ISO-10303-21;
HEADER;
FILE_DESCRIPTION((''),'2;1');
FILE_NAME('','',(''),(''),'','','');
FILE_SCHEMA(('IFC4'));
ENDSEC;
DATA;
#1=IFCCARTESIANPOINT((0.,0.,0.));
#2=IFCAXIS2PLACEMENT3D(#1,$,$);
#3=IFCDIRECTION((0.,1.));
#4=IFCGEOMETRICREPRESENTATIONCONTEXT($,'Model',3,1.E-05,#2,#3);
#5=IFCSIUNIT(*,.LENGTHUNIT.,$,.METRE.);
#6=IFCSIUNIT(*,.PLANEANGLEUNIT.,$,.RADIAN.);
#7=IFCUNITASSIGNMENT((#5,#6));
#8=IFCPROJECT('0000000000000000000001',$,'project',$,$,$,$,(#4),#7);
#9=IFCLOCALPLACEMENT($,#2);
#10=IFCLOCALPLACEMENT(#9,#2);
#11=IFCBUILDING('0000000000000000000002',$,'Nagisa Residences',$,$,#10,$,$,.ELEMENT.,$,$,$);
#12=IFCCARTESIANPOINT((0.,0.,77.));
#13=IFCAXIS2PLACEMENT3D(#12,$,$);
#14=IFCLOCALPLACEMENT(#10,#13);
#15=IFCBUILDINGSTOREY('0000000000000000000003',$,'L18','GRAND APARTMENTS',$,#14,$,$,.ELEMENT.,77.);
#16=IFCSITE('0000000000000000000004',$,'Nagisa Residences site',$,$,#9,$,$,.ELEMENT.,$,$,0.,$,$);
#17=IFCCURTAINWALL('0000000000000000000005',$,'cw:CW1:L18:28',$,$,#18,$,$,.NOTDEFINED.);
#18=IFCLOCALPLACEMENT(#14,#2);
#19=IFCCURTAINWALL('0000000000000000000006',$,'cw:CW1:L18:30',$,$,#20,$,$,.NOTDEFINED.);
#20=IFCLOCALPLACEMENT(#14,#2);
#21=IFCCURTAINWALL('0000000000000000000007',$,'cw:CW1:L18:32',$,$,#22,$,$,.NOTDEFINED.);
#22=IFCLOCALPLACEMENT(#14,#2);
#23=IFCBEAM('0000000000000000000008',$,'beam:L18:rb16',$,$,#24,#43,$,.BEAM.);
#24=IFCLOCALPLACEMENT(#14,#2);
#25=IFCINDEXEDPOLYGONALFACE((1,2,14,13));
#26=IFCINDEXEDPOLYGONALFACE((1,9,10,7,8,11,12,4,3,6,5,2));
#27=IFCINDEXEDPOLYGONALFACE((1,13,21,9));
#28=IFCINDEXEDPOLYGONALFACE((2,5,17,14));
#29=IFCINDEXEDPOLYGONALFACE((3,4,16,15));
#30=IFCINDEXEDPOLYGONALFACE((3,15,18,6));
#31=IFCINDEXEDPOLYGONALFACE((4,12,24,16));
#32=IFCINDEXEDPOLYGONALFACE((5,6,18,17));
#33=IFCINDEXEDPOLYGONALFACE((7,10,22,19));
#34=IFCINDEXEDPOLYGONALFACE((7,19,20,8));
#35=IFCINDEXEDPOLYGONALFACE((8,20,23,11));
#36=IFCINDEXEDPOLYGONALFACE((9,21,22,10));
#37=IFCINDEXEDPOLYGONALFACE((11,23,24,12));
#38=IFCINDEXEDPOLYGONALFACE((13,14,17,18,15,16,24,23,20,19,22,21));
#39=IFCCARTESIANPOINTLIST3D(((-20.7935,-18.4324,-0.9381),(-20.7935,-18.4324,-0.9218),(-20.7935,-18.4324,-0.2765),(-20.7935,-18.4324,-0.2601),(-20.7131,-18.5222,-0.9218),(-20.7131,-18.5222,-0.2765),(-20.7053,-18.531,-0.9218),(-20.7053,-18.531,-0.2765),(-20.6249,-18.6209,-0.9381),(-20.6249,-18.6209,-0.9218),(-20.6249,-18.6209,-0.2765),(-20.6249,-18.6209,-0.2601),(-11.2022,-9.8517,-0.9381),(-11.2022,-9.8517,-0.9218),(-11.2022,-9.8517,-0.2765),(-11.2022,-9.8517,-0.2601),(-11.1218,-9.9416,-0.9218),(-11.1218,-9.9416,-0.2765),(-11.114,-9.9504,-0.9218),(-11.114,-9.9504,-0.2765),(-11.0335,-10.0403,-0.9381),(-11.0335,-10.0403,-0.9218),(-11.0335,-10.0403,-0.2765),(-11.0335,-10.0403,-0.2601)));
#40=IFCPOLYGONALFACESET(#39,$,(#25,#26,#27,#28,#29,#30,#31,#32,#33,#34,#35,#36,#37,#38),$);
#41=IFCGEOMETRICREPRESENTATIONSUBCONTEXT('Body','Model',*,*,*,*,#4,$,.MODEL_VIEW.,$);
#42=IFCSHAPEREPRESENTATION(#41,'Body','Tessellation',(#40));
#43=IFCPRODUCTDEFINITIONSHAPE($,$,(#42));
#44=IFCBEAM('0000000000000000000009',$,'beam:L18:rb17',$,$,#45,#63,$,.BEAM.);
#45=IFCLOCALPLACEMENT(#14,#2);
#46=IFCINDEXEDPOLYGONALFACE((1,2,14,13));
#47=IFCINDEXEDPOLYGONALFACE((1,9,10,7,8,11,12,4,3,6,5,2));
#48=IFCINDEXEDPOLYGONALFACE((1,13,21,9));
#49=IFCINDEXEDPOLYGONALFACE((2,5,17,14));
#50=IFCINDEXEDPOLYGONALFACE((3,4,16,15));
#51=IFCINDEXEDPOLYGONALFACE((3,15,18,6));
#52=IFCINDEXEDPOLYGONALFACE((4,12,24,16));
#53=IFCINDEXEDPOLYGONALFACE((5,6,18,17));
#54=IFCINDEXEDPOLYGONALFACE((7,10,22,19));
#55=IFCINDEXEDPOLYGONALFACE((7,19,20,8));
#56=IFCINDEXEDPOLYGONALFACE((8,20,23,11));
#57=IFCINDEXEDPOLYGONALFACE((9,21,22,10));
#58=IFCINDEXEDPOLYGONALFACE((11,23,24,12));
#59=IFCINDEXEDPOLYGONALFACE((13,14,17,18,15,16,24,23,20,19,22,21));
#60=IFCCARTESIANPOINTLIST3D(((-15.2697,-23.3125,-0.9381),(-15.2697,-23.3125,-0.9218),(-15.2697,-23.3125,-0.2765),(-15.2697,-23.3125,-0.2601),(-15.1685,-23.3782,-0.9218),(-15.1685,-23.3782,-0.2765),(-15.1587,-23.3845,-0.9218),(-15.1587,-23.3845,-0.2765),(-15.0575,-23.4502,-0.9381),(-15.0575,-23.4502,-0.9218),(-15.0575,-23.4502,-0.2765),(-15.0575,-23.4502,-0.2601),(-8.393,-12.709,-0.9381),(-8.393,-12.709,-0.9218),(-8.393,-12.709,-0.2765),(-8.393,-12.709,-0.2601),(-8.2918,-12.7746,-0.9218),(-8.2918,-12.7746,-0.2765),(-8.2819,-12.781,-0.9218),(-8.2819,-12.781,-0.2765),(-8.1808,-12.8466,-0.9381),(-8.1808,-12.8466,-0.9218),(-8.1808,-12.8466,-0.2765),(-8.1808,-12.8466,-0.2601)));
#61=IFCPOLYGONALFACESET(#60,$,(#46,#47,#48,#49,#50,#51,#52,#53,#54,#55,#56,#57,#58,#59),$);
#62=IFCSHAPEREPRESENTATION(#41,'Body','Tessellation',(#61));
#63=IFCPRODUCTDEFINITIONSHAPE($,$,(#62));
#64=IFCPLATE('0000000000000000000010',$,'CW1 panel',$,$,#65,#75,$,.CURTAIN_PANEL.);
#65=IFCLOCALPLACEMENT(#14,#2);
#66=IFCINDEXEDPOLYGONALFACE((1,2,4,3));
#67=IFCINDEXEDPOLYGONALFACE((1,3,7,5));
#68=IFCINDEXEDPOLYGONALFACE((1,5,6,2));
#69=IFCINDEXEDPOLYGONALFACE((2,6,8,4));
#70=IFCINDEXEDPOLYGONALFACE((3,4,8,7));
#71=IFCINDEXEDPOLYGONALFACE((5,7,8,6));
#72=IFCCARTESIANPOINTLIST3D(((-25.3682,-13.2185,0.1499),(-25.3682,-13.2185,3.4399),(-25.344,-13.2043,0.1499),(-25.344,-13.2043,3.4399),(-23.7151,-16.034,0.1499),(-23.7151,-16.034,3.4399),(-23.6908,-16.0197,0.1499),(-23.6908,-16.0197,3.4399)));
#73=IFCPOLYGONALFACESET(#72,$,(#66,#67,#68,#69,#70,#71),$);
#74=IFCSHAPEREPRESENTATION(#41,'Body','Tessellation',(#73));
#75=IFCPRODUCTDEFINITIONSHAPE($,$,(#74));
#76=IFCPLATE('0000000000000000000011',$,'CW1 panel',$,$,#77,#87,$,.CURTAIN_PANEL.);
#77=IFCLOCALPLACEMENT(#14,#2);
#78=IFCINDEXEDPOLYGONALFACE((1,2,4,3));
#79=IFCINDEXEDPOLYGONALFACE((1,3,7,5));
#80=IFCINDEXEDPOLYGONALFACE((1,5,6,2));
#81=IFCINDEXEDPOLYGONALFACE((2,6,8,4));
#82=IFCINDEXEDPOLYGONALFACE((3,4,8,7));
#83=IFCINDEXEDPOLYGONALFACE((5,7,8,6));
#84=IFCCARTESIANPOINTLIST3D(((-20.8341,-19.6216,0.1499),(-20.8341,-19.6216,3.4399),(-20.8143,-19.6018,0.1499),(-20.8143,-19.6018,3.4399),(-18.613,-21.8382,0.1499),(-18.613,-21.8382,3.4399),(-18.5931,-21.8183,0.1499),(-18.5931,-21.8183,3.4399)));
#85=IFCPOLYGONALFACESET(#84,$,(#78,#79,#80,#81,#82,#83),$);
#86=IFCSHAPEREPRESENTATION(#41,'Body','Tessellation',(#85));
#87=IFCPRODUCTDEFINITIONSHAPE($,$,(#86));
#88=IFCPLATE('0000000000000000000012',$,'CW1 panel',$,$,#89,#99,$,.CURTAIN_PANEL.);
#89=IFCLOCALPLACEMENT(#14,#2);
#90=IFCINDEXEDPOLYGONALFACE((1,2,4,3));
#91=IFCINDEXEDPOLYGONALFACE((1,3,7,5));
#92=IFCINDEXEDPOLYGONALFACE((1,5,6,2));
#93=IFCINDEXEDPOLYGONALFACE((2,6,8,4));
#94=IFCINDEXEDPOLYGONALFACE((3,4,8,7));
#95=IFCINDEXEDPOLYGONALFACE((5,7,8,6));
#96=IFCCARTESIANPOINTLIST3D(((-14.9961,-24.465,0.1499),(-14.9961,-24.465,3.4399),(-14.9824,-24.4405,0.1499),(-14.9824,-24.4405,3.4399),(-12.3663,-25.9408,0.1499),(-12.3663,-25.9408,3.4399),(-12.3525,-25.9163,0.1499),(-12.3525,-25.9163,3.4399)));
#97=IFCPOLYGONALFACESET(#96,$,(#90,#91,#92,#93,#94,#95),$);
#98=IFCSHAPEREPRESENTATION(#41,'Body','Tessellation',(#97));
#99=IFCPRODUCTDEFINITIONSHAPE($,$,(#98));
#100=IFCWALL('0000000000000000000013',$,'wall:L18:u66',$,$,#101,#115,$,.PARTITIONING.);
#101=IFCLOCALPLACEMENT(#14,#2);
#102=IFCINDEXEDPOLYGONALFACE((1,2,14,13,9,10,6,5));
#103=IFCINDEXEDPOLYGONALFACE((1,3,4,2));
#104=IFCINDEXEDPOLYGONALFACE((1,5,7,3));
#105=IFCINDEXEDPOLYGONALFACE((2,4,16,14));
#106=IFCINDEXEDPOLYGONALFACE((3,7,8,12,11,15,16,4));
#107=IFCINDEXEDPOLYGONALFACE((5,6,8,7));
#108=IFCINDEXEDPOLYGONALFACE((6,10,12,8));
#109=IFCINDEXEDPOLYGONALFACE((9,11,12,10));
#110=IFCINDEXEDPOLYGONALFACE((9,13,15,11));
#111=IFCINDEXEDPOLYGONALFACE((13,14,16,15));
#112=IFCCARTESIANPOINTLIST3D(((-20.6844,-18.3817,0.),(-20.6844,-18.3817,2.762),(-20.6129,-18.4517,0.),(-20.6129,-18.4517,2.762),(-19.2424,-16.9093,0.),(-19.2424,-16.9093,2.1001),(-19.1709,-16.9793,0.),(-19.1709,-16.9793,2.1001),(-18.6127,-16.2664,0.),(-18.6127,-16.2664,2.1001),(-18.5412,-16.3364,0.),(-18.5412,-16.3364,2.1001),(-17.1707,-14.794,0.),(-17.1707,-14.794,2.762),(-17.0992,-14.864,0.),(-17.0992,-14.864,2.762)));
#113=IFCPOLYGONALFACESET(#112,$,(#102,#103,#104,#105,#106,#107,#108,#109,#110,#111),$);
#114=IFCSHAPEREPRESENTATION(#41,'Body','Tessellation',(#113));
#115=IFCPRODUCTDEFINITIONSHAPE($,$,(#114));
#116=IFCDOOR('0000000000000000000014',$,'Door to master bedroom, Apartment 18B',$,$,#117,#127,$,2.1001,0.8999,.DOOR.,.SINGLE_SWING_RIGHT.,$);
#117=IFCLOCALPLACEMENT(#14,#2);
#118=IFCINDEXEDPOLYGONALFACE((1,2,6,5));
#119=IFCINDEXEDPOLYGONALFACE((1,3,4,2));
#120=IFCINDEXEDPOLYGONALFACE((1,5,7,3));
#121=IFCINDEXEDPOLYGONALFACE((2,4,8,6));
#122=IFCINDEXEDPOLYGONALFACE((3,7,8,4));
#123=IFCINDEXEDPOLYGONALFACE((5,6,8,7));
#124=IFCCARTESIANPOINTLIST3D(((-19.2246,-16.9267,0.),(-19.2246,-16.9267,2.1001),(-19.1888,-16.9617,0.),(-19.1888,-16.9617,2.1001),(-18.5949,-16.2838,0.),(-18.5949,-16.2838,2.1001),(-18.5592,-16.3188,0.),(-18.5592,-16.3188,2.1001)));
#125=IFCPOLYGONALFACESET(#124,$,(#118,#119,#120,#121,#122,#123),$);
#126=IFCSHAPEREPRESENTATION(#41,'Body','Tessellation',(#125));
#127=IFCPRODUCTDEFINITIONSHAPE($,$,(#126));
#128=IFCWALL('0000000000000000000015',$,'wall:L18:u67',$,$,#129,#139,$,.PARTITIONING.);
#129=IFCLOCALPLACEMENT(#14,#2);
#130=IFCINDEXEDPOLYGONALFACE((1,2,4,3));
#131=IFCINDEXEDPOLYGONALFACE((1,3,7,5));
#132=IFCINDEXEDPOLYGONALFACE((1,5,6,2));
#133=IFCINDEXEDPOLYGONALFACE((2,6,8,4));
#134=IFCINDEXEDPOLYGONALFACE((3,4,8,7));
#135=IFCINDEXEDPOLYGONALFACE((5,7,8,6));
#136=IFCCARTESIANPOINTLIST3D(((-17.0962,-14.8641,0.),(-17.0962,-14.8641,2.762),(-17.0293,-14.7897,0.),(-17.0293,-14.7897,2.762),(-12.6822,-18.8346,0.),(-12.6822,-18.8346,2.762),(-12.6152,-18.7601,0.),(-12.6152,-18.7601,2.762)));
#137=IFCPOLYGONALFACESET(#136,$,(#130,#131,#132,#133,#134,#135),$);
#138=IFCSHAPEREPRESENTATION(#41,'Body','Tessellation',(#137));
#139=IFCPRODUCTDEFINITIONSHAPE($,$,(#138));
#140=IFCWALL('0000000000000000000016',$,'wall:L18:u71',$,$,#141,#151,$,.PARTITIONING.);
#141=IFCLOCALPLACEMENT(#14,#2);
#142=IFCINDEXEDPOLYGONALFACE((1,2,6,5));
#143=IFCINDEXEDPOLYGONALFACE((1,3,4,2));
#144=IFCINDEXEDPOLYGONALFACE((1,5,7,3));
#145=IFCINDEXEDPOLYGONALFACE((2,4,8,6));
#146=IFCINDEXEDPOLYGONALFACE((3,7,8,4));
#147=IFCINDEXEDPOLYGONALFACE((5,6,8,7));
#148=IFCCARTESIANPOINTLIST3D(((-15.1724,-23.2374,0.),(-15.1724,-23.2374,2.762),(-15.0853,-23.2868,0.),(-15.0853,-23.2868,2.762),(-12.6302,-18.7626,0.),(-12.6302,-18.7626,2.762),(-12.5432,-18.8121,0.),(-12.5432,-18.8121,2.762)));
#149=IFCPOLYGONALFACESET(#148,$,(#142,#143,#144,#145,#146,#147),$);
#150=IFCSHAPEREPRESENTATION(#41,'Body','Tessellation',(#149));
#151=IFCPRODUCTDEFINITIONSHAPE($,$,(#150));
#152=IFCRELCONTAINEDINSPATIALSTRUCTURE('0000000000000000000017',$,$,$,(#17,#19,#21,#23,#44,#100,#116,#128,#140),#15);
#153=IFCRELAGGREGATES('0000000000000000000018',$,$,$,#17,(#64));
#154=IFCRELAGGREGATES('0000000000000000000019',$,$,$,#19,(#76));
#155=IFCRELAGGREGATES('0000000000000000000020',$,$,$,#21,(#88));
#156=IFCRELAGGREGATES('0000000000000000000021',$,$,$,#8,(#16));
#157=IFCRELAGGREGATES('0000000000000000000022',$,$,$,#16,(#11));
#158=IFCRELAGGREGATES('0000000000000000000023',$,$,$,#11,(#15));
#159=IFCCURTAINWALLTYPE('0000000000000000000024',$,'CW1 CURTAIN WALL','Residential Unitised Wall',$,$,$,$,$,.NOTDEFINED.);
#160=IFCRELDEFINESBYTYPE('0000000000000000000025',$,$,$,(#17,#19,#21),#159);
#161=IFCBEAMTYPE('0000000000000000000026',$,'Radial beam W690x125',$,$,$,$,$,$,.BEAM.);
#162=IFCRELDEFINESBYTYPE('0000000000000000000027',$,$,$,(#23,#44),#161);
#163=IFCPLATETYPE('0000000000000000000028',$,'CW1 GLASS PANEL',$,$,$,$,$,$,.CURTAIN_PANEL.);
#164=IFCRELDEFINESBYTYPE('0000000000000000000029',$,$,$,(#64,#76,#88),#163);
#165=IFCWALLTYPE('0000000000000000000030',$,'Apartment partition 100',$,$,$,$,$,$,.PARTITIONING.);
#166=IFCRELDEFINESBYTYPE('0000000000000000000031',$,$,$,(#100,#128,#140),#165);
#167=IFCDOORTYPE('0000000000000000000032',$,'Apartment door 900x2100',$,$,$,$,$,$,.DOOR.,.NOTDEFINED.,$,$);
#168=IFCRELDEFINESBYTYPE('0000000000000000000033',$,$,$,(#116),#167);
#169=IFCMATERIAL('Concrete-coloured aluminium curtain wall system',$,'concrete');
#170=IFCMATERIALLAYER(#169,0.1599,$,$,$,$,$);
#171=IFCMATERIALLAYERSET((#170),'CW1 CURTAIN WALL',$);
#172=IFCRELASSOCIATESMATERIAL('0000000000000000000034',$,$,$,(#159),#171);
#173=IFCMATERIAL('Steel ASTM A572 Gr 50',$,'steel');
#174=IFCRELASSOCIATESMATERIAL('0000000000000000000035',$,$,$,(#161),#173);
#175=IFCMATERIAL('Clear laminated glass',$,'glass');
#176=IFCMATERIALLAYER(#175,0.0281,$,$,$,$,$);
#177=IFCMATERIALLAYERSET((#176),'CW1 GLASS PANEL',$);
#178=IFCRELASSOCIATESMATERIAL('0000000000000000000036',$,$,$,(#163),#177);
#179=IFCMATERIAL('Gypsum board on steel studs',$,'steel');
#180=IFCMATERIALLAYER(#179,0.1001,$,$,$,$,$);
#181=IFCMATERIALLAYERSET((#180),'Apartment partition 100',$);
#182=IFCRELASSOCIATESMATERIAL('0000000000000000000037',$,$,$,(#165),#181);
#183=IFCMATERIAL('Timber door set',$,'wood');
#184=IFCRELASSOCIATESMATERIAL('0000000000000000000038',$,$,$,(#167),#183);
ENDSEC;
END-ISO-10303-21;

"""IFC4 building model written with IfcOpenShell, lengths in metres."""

from ifc_helpers import new_model, si_unit, direction, frame, frame_2d, origin, origin_2d, place, context, subcontext, project, spatial, rectangle, i_section, extrude, material, layer, layer_set, material_profile, profile_set, type_object, element, fill, aggregate, save


model = new_model("IFC4")

# Units and contexts
model_context = context("Model", 3, precision=1e-05, world=origin(), true_north=direction((0.0, 1.0)))
body_context = subcontext(model_context, "Body", "Model", "MODEL_VIEW")
ifc_project = project(units=[si_unit("LENGTHUNIT", "METRE"), si_unit("PLANEANGLEUNIT", "RADIAN")], contexts=[model_context])

# Site, building, storey
site_placement = place(None, origin())
site = spatial("IfcSite", under=ifc_project, at=site_placement, Name="Nagisa Residences site", CompositionType="ELEMENT", RefElevation=0.0)
building_placement = place(site_placement, origin())
building = spatial("IfcBuilding", under=site, at=building_placement, Name="Nagisa Residences", CompositionType="ELEMENT")
storey_placement = place(building_placement, frame((0.0, 0.0, 77.0)))
storey = spatial("IfcBuildingStorey", under=building, at=storey_placement, Name="L18", Description="GRAND APARTMENTS", CompositionType="ELEMENT", Elevation=77.0)

# Curtain walls
ifc_material_1 = material(Name="Concrete-coloured aluminium curtain wall system", Category="concrete")
ifc_layer_1 = layer(ifc_material_1, 0.1599)
ifc_layer_set_1 = layer_set([ifc_layer_1], Name="CW1 CURTAIN WALL")
curtain_wall_type = type_object("IfcCurtainWallType", Name="CW1 CURTAIN WALL", Description="Residential Unitised Wall", PredefinedType="NOTDEFINED", material=ifc_layer_set_1)
curtain_wall_1_placement = place(storey_placement, origin())
curtain_wall_1 = element("IfcCurtainWall", 1, at=curtain_wall_1_placement, inside=storey, type_object=curtain_wall_type, Name="cw:CW1:L18:28", PredefinedType="NOTDEFINED")
curtain_wall_2_placement = place(storey_placement, origin())
curtain_wall_2 = element("IfcCurtainWall", 2, at=curtain_wall_2_placement, inside=storey, type_object=curtain_wall_type, Name="cw:CW1:L18:30", PredefinedType="NOTDEFINED")
curtain_wall_3_placement = place(storey_placement, origin())
curtain_wall_3 = element("IfcCurtainWall", 3, at=curtain_wall_3_placement, inside=storey, type_object=curtain_wall_type, Name="cw:CW1:L18:32", PredefinedType="NOTDEFINED")

# Beams
ifc_material_2 = material(Name="Steel ASTM A572 Gr 50", Category="steel")
ifc_material_profile_1 = material_profile(ifc_material_2, i_section(OverallWidth=0.2529, OverallDepth=0.678, WebThickness=0.0117, FlangeThickness=0.0164, at=origin_2d()), Name="W690x125")
ifc_profile_set_1 = profile_set([ifc_material_profile_1], Name="Steel ASTM A572 Gr 50")
beam_type_1 = type_object("IfcBeamType", Name="Radial beam W690x125", PredefinedType="BEAM", material=ifc_profile_set_1)
beam_1_placement = place(storey_placement, frame((-20.7092, -18.5266, -0.5991), z_axis=(0.745285, 0.666746, 0.0), x_axis=(-0.666746, 0.745285, 0.0)))
element("IfcBeam", 4, at=beam_1_placement, inside=storey, type_object=beam_type_1, Name="beam:L18:rb16", PredefinedType="BEAM", context=body_context, shape_type="SweptSolid", body=[
    extrude(i_section(OverallWidth=0.2529, OverallDepth=0.678, WebThickness=0.0117, FlangeThickness=0.0164, at=origin_2d()), origin(), (0.0, 0.0, 1.0), 12.8694),
])
beam_2_placement = place(storey_placement, frame((-15.1636, -23.3813, -0.5991), z_axis=(0.544122, 0.839006, 0.0), x_axis=(-0.839006, 0.544122, 0.0)))
element("IfcBeam", 5, at=beam_2_placement, inside=storey, type_object=beam_type_1, Name="beam:L18:rb17", PredefinedType="BEAM", context=body_context, shape_type="SweptSolid", body=[
    extrude(i_section(OverallWidth=0.2529, OverallDepth=0.678, WebThickness=0.0117, FlangeThickness=0.0164, at=origin_2d()), origin(), (0.0, 0.0, 1.0), 12.6382),
])

# Plates
ifc_material_3 = material(Name="Clear laminated glass", Category="glass")
ifc_layer_2 = layer(ifc_material_3, 0.0281)
ifc_layer_set_2 = layer_set([ifc_layer_2], Name="CW1 GLASS PANEL")
plate_type = type_object("IfcPlateType", Name="CW1 GLASS PANEL", PredefinedType="CURTAIN_PANEL", material=ifc_layer_set_2)
plate_1_placement = place(storey_placement, frame((-24.5295, -14.6191, 0.1499), z_axis=(0.0, 0.0, 1.0), x_axis=(0.506349, -0.862329, 0.0)))
plate_1 = element("IfcPlate", 6, at=plate_1_placement, type_object=plate_type, Name="CW1 panel", PredefinedType="CURTAIN_PANEL", context=body_context, shape_type="SweptSolid", body=[
    extrude(rectangle(XDim=3.2649, YDim=0.0281, at=origin_2d()), origin(), (0.0, 0.0, 1.0), 3.29),
])
aggregate(curtain_wall_1, [plate_1])
plate_2_placement = place(storey_placement, frame((-19.7136, -20.72, 0.1499), z_axis=(0.0, 0.0, 1.0), x_axis=(0.707836, -0.706377, 0.0)))
plate_2 = element("IfcPlate", 7, at=plate_2_placement, type_object=plate_type, Name="CW1 panel", PredefinedType="CURTAIN_PANEL", context=body_context, shape_type="SweptSolid", body=[
    extrude(rectangle(XDim=3.1379, YDim=0.0281, at=origin_2d()), origin(), (0.0, 0.0, 1.0), 3.29),
])
aggregate(curtain_wall_2, [plate_2])
plate_3_placement = place(storey_placement, frame((-13.6743, -25.1907, 0.1499), z_axis=(0.0, 0.0, 1.0), x_axis=(0.872072, -0.489377, 0.0)))
plate_3 = element("IfcPlate", 8, at=plate_3_placement, type_object=plate_type, Name="CW1 panel", PredefinedType="CURTAIN_PANEL", context=body_context, shape_type="SweptSolid", body=[
    extrude(rectangle(XDim=3.0156, YDim=0.0281, at=origin_2d()), origin(), (0.0, 0.0, 1.0), 3.29),
])
aggregate(curtain_wall_3, [plate_3])

# Wall, opening, door
ifc_material_4 = material(Name="Gypsum board on steel studs", Category="steel")
ifc_layer_3 = layer(ifc_material_4, 0.1001)
ifc_layer_set_3 = layer_set([ifc_layer_3], Name="Apartment partition 100")
wall_type_1 = type_object("IfcWallType", Name="Apartment partition 100", PredefinedType="PARTITIONING", material=ifc_layer_set_3)
wall_1_placement = place(storey_placement, frame((-17.135, -14.8291, 0.0), z_axis=(0.0, 0.0, 1.0), x_axis=(-0.699703, -0.714434, 0.0)))
wall_1 = element("IfcWall", 9, at=wall_1_placement, inside=storey, type_object=wall_type_1, Name="wall:L18:u66", PredefinedType="PARTITIONING", context=body_context, shape_type="SweptSolid", body=[
    extrude(rectangle(XDim=5.0217, YDim=0.1001, at=frame_2d((2.5107, 0.0))), origin(), (0.0, 0.0, 1.0), 2.762),
])
opening_1_placement = place(wall_1_placement, frame((2.0608, 0.0, 0.0)))
opening_1 = element("IfcOpeningElement", 10, at=opening_1_placement, cuts=wall_1, PredefinedType="OPENING", context=body_context, shape_type="SweptSolid", body=[
    extrude(rectangle(XDim=0.8999, YDim=2.1001, at=frame_2d((0.45, 1.05))), frame((0.0, 0.0601, 0.0), z_axis=(0.0, -1.0, 0.0), x_axis=(1.0, 0.0, 0.0)), (0.0, 0.0, 1.0), 0.1201),
])
ifc_material_5 = material(Name="Timber door set", Category="wood")
door_type_1 = type_object("IfcDoorType", Name="Apartment door 900x2100", OperationType="NOTDEFINED", PredefinedType="DOOR", material=ifc_material_5)
door_1_placement = place(opening_1_placement, origin())
door_1 = element("IfcDoor", 11, at=door_1_placement, inside=storey, type_object=door_type_1, Name="Door to master bedroom, Apartment 18B", OperationType="SINGLE_SWING_RIGHT", OverallHeight=2.1001, OverallWidth=0.8999, PredefinedType="DOOR", context=body_context, shape_type="SweptSolid", body=[
    extrude(rectangle(XDim=0.8999, YDim=2.1001, at=frame_2d((0.45, 1.05))), frame((0.0, 0.0249, 0.0), z_axis=(0.0, -1.0, 0.0), x_axis=(1.0, 0.0, 0.0)), (0.0, 0.0, 1.0), 0.05),
])
fill(opening_1, door_1)

# Walls
wall_2_placement = place(storey_placement, frame((-17.0627, -14.8269, 0.0), z_axis=(0.0, 0.0, 1.0), x_axis=(0.743478, -0.66876, 0.0)))
element("IfcWall", 12, at=wall_2_placement, inside=storey, type_object=wall_type_1, Name="wall:L18:u67", PredefinedType="PARTITIONING", context=body_context, shape_type="SweptSolid", body=[
    extrude(rectangle(XDim=5.937, YDim=0.1001, at=frame_2d((2.9685, 0.0))), origin(), (0.0, 0.0, 1.0), 2.762),
])
wall_3_placement = place(storey_placement, frame((-12.5867, -18.7874, 0.0), z_axis=(0.0, 0.0, 1.0), x_axis=(-0.493966, -0.869481, 0.0)))
element("IfcWall", 13, at=wall_3_placement, inside=storey, type_object=wall_type_1, Name="wall:L18:u71", PredefinedType="PARTITIONING", context=body_context, shape_type="SweptSolid", body=[
    extrude(rectangle(XDim=5.1465, YDim=0.1001, at=frame_2d((2.5732, 0.0))), origin(), (0.0, 0.0, 1.0), 2.762),
])

save(model, "model.ifc")
